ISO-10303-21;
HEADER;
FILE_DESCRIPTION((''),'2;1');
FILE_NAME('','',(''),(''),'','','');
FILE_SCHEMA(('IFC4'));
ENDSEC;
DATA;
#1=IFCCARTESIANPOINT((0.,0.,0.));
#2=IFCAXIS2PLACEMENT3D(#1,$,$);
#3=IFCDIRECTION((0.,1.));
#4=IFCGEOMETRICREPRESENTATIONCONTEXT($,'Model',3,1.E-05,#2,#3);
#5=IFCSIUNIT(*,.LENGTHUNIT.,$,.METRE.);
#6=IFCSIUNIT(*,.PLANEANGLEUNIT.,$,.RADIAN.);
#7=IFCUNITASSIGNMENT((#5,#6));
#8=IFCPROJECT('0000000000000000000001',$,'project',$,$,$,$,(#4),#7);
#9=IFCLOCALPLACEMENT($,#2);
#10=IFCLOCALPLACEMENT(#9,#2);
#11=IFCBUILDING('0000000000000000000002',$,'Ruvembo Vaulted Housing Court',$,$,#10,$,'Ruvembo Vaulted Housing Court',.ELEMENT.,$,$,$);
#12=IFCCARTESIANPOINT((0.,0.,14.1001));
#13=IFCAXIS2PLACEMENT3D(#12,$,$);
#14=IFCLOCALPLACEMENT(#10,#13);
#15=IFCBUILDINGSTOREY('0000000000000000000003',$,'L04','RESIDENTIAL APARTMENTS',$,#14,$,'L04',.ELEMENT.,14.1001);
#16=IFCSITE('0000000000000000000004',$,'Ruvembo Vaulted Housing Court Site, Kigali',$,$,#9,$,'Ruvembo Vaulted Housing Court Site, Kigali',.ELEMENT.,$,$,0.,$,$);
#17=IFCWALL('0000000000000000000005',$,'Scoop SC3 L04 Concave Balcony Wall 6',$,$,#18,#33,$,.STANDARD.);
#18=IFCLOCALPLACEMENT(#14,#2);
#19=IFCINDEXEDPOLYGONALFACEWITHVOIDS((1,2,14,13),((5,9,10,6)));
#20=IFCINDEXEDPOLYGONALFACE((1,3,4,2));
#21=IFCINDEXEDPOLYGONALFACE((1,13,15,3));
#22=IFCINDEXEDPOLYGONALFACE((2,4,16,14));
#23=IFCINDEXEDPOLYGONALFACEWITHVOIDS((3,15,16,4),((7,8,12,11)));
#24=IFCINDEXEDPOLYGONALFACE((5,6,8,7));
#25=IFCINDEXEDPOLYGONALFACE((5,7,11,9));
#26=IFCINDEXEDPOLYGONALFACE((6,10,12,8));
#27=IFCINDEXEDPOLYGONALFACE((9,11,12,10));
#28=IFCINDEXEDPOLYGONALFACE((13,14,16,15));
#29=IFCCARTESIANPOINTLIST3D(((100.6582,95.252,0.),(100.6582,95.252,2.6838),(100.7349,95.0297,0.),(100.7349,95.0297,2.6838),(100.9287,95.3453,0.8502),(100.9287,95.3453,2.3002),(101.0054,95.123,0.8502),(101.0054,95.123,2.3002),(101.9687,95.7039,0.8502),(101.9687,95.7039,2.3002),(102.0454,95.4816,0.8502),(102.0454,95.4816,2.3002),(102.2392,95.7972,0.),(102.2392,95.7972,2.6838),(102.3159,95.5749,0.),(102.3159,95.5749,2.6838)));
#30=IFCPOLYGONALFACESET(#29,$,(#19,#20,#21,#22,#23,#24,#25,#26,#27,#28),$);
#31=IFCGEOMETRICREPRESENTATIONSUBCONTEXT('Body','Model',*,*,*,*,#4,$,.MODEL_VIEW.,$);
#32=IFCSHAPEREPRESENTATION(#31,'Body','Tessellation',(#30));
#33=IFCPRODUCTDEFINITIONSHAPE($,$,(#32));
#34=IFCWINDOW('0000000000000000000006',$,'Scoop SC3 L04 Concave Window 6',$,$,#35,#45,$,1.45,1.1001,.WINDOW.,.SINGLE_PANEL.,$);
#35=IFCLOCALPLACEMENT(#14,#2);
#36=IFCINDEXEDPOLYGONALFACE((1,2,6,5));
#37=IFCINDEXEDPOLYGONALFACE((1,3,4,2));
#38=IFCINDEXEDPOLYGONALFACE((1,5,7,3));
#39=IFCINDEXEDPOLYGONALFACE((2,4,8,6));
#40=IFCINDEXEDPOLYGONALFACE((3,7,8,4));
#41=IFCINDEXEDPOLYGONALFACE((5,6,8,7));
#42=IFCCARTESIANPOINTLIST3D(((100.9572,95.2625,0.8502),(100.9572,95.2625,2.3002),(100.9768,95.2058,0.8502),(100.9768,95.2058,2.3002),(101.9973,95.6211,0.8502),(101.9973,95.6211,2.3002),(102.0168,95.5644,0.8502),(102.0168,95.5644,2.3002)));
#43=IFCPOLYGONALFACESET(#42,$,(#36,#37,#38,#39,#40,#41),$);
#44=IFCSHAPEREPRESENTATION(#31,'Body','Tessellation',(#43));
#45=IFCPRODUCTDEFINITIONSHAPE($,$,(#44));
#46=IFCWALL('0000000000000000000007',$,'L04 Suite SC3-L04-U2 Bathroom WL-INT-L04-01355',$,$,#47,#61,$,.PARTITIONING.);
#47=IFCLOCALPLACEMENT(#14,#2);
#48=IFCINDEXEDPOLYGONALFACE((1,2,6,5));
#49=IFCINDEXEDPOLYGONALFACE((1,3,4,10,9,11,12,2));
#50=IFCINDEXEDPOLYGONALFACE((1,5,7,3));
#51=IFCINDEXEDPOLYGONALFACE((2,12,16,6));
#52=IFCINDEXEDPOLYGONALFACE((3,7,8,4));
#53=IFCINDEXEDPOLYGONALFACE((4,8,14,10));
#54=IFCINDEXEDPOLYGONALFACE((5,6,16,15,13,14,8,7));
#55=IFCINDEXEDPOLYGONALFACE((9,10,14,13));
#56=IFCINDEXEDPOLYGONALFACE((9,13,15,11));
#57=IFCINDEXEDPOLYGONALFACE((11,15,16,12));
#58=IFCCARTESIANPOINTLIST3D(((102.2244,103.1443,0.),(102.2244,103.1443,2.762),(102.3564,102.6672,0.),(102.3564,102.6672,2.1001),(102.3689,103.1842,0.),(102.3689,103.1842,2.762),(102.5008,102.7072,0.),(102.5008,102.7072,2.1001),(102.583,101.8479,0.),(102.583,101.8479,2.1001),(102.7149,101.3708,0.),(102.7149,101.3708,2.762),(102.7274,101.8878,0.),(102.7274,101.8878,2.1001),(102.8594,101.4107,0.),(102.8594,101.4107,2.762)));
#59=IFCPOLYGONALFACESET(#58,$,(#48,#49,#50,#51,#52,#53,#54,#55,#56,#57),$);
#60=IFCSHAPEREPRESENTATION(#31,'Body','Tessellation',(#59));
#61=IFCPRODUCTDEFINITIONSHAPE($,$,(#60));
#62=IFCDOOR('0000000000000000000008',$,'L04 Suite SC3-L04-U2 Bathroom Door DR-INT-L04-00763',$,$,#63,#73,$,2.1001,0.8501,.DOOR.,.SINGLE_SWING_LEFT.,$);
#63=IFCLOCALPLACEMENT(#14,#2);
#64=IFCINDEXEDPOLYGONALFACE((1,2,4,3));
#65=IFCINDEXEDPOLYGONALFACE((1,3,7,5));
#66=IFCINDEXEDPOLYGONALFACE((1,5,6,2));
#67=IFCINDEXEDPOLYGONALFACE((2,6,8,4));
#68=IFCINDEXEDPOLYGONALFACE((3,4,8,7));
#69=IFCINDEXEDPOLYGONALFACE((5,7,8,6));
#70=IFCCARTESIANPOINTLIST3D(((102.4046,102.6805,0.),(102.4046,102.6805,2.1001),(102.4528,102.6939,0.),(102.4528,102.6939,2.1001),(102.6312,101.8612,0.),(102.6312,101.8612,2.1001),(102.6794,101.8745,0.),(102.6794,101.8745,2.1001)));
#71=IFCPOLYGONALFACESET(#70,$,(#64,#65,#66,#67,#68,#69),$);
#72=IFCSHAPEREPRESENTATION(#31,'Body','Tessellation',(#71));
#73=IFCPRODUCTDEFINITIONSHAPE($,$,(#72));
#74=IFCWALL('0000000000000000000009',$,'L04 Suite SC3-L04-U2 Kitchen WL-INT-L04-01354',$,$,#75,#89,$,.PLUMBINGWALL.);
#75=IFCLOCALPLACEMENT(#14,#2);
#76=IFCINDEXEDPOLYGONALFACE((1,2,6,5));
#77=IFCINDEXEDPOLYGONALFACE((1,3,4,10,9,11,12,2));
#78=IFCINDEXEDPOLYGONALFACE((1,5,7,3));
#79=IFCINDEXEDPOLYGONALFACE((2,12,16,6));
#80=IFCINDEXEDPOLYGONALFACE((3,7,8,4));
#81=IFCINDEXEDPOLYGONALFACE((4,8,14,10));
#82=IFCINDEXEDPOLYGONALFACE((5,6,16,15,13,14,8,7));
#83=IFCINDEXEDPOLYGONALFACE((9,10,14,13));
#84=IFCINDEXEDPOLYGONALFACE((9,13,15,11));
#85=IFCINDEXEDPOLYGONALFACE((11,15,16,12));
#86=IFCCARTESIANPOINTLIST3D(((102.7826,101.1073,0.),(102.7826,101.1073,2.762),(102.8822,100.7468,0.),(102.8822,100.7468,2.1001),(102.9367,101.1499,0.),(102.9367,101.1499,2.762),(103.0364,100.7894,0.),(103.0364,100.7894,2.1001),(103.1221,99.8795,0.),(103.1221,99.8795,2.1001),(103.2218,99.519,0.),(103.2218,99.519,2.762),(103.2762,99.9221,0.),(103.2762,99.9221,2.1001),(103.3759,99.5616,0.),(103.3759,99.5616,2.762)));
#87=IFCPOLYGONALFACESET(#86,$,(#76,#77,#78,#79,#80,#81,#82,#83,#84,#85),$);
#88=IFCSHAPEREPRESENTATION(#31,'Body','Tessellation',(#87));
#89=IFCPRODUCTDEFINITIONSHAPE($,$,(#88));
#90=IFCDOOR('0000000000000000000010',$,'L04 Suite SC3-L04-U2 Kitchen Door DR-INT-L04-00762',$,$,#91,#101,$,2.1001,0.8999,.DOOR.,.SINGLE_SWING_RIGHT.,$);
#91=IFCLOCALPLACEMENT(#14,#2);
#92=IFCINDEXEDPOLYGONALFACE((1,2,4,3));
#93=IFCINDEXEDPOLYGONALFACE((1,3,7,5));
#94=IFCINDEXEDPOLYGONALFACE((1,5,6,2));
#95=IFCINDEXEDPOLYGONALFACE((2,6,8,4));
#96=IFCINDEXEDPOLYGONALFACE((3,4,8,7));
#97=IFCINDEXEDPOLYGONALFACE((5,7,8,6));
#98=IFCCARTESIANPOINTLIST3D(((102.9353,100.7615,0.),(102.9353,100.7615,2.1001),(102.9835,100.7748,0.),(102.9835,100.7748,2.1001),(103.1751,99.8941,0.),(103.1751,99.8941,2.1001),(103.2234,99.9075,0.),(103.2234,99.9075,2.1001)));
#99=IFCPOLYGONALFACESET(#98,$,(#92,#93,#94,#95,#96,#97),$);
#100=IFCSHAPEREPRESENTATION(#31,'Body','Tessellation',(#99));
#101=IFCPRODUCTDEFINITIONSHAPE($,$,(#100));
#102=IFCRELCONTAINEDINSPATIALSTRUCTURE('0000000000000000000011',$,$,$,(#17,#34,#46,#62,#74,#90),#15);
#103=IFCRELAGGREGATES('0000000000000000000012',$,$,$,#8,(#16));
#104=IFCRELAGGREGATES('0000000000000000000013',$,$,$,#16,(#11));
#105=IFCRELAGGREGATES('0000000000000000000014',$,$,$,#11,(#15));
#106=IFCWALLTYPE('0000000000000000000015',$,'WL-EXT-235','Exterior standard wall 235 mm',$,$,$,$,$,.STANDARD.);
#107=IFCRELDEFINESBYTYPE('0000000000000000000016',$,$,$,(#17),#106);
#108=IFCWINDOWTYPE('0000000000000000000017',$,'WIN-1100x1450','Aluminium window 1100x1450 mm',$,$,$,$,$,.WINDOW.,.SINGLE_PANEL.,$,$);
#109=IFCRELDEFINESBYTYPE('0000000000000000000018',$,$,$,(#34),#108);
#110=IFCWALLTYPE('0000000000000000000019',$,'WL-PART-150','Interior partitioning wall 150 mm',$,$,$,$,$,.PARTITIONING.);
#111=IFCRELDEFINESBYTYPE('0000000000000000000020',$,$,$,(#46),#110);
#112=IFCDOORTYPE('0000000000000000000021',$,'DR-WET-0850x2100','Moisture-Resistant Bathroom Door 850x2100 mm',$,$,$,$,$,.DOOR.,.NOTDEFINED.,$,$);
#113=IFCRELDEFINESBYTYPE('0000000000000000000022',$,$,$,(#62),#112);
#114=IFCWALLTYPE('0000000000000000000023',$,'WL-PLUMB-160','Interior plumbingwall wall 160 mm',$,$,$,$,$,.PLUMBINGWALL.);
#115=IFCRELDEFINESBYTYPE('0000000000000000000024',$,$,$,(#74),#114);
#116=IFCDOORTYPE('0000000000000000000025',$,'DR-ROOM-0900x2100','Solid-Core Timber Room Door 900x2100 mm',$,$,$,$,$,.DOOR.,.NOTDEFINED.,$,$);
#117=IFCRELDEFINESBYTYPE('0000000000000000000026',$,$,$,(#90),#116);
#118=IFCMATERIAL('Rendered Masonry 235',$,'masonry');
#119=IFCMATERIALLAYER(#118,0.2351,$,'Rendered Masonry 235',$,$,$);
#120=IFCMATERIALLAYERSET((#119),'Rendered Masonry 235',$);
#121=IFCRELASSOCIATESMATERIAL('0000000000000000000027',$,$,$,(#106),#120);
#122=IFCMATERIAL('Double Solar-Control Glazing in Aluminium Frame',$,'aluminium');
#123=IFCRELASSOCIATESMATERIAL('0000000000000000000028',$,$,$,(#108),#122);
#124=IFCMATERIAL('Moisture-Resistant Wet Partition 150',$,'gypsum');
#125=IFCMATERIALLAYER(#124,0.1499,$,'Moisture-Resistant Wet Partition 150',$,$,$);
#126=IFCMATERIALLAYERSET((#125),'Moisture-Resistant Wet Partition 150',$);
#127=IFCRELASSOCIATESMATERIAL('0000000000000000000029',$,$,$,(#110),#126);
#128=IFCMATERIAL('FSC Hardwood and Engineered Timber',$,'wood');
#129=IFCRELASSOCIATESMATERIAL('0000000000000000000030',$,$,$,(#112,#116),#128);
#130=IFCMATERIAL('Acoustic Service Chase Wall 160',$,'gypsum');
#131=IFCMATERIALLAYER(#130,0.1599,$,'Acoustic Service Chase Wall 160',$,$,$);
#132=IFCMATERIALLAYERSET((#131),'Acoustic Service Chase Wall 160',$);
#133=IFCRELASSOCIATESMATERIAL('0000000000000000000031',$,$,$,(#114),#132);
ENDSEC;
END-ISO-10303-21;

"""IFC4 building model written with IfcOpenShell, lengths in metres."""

from ifc_helpers import new_model, si_unit, direction, frame, frame_2d, origin, place, context, subcontext, project, spatial, rectangle, extrude, material, layer, layer_set, type_object, element, fill, save


model = new_model("IFC4")

# Units and contexts
model_context = context("Model", 3, precision=1e-05, world=origin(), true_north=direction((0.0, 1.0)))
body_context = subcontext(model_context, "Body", "Model", "MODEL_VIEW")
ifc_project = project(units=[si_unit("LENGTHUNIT", "METRE"), si_unit("PLANEANGLEUNIT", "RADIAN")], contexts=[model_context])

# Site, building, storey
site_placement = place(None, origin())
site = spatial("IfcSite", under=ifc_project, at=site_placement, Name="Ruvembo Vaulted Housing Court Site, Kigali", LongName="Ruvembo Vaulted Housing Court Site, Kigali", CompositionType="ELEMENT", RefElevation=0.0)
building_placement = place(site_placement, origin())
building = spatial("IfcBuilding", under=site, at=building_placement, Name="Ruvembo Vaulted Housing Court", LongName="Ruvembo Vaulted Housing Court", CompositionType="ELEMENT")
storey_placement = place(building_placement, frame((0.0, 0.0, 14.1001)))
storey = spatial("IfcBuildingStorey", under=building, at=storey_placement, Name="L04", Description="RESIDENTIAL APARTMENTS", LongName="L04", CompositionType="ELEMENT", Elevation=14.1001)

# Shared definitions
ifc_material_1 = material(Name="FSC Hardwood and Engineered Timber", Category="wood")

# Wall, opening, window
ifc_material_2 = material(Name="Rendered Masonry 235", Category="masonry")
ifc_layer_1 = layer(ifc_material_2, 0.2351, Name="Rendered Masonry 235")
ifc_layer_set_1 = layer_set([ifc_layer_1], Name="Rendered Masonry 235")
wall_type_1 = type_object("IfcWallType", Name="WL-EXT-235", Description="Exterior standard wall 235 mm", PredefinedType="STANDARD", material=ifc_layer_set_1)
ifc_material_3 = material(Name="Double Solar-Control Glazing in Aluminium Frame", Category="aluminium")
wall_1_placement = place(storey_placement, frame((100.6965, 95.1409, 0.0), z_axis=(0.0, 0.0, 1.0), x_axis=(0.945378, 0.325977, 0.0)))
wall_1 = element("IfcWall", 1, at=wall_1_placement, inside=storey, type_object=wall_type_1, Name="Scoop SC3 L04 Concave Balcony Wall 6", PredefinedType="STANDARD", context=body_context, shape_type="SweptSolid", body=[
    extrude(rectangle(XDim=1.6724, YDim=0.2351, at=frame_2d((0.8362, 0.0))), origin(), (0.0, 0.0, 1.0), 2.6838),
])
opening_1_placement = place(wall_1_placement, frame((0.2861, 0.0, 0.8501)))
opening_1 = element("IfcOpeningElement", 2, at=opening_1_placement, cuts=wall_1, PredefinedType="OPENING", context=body_context, shape_type="SweptSolid", body=[
    extrude(rectangle(XDim=1.1001, YDim=1.45, at=frame_2d((0.55, 0.7251))), frame((0.0, 0.1274, 0.0), z_axis=(0.0, -1.0, 0.0), x_axis=(1.0, 0.0, 0.0)), (0.0, 0.0, 1.0), 0.2551),
])
window_type_1 = type_object("IfcWindowType", Name="WIN-1100x1450", Description="Aluminium window 1100x1450 mm", PartitioningType="SINGLE_PANEL", PredefinedType="WINDOW", material=ifc_material_3)
window_1_placement = place(opening_1_placement, origin())
window_1 = element("IfcWindow", 3, at=window_1_placement, inside=storey, type_object=window_type_1, Name="Scoop SC3 L04 Concave Window 6", OverallHeight=1.45, OverallWidth=1.1001, PartitioningType="SINGLE_PANEL", PredefinedType="WINDOW", context=body_context, shape_type="SweptSolid", body=[
    extrude(rectangle(XDim=1.1001, YDim=1.45, at=frame_2d((0.55, 0.7251))), frame((0.0, 0.03, 0.0), z_axis=(0.0, -1.0, 0.0), x_axis=(1.0, 0.0, 0.0)), (0.0, 0.0, 1.0), 0.0601),
])
fill(opening_1, window_1)

# Walls, openings, doors
ifc_material_4 = material(Name="Moisture-Resistant Wet Partition 150", Category="gypsum")
ifc_layer_2 = layer(ifc_material_4, 0.1499, Name="Moisture-Resistant Wet Partition 150")
ifc_layer_set_2 = layer_set([ifc_layer_2], Name="Moisture-Resistant Wet Partition 150")
wall_type_2 = type_object("IfcWallType", Name="WL-PART-150", Description="Interior partitioning wall 150 mm", PredefinedType="PARTITIONING", material=ifc_layer_set_2)
wall_2_placement = place(storey_placement, frame((102.7871, 101.3909, 0.0), z_axis=(0.0, 0.0, 1.0), x_axis=(-0.266562, 0.963818, 0.0)))
wall_2 = element("IfcWall", 4, at=wall_2_placement, inside=storey, type_object=wall_type_2, Name="L04 Suite SC3-L04-U2 Bathroom WL-INT-L04-01355", PredefinedType="PARTITIONING", context=body_context, shape_type="SweptSolid", body=[
    extrude(rectangle(XDim=1.8401, YDim=0.1499, at=frame_2d((0.9199, 0.0))), origin(), (0.0, 0.0, 1.0), 2.762),
])
opening_2_placement = place(wall_2_placement, frame((0.4949, 0.0, 0.0)))
opening_2 = element("IfcOpeningElement", 5, at=opening_2_placement, cuts=wall_2, PredefinedType="OPENING", context=body_context, shape_type="SweptSolid", body=[
    extrude(rectangle(XDim=0.8501, YDim=2.1001, at=frame_2d((0.425, 1.05))), frame((0.0, 0.085, 0.0), z_axis=(0.0, -1.0, 0.0), x_axis=(1.0, 0.0, 0.0)), (0.0, 0.0, 1.0), 0.1699),
])
door_type_1 = type_object("IfcDoorType", Name="DR-WET-0850x2100", Description="Moisture-Resistant Bathroom Door 850x2100 mm", OperationType="NOTDEFINED", PredefinedType="DOOR", material=ifc_material_1)
door_1_placement = place(opening_2_placement, origin())
door_1 = element("IfcDoor", 6, at=door_1_placement, inside=storey, type_object=door_type_1, Name="L04 Suite SC3-L04-U2 Bathroom Door DR-INT-L04-00763", OperationType="SINGLE_SWING_LEFT", OverallHeight=2.1001, OverallWidth=0.8501, PredefinedType="DOOR", context=body_context, shape_type="SweptSolid", body=[
    extrude(rectangle(XDim=0.8501, YDim=2.1001, at=frame_2d((0.425, 1.05))), frame((0.0, 0.0249, 0.0), z_axis=(0.0, -1.0, 0.0), x_axis=(1.0, 0.0, 0.0)), (0.0, 0.0, 1.0), 0.05),
])
fill(opening_2, door_1)
ifc_material_5 = material(Name="Acoustic Service Chase Wall 160", Category="gypsum")
ifc_layer_3 = layer(ifc_material_5, 0.1599, Name="Acoustic Service Chase Wall 160")
ifc_layer_set_3 = layer_set([ifc_layer_3], Name="Acoustic Service Chase Wall 160")
wall_type_3 = type_object("IfcWallType", Name="WL-PLUMB-160", Description="Interior plumbingwall wall 160 mm", PredefinedType="PLUMBINGWALL", material=ifc_layer_set_3)
wall_3_placement = place(storey_placement, frame((103.2988, 99.5403, 0.0), z_axis=(0.0, 0.0, 1.0), x_axis=(-0.266513, 0.963831, 0.0)))
wall_3 = element("IfcWall", 7, at=wall_3_placement, inside=storey, type_object=wall_type_3, Name="L04 Suite SC3-L04-U2 Kitchen WL-INT-L04-01354", PredefinedType="PLUMBINGWALL", context=body_context, shape_type="SweptSolid", body=[
    extrude(rectangle(XDim=1.6479, YDim=0.1599, at=frame_2d((0.824, 0.0))), origin(), (0.0, 0.0, 1.0), 2.762),
])
opening_3_placement = place(wall_3_placement, frame((0.374, 0.0, 0.0)))
opening_3 = element("IfcOpeningElement", 8, at=opening_3_placement, cuts=wall_3, PredefinedType="OPENING", context=body_context, shape_type="SweptSolid", body=[
    extrude(rectangle(XDim=0.8999, YDim=2.1001, at=frame_2d((0.45, 1.05))), frame((0.0, 0.0898, 0.0), z_axis=(0.0, -1.0, 0.0), x_axis=(1.0, 0.0, 0.0)), (0.0, 0.0, 1.0), 0.1799),
])
door_type_2 = type_object("IfcDoorType", Name="DR-ROOM-0900x2100", Description="Solid-Core Timber Room Door 900x2100 mm", OperationType="NOTDEFINED", PredefinedType="DOOR", material=ifc_material_1)
door_2_placement = place(opening_3_placement, origin())
door_2 = element("IfcDoor", 9, at=door_2_placement, inside=storey, type_object=door_type_2, Name="L04 Suite SC3-L04-U2 Kitchen Door DR-INT-L04-00762", OperationType="SINGLE_SWING_RIGHT", OverallHeight=2.1001, OverallWidth=0.8999, PredefinedType="DOOR", context=body_context, shape_type="SweptSolid", body=[
    extrude(rectangle(XDim=0.8999, YDim=2.1001, at=frame_2d((0.45, 1.05))), frame((0.0, 0.0249, 0.0), z_axis=(0.0, -1.0, 0.0), x_axis=(1.0, 0.0, 0.0)), (0.0, 0.0, 1.0), 0.05),
])
fill(opening_3, door_2)

save(model, "model.ifc")
